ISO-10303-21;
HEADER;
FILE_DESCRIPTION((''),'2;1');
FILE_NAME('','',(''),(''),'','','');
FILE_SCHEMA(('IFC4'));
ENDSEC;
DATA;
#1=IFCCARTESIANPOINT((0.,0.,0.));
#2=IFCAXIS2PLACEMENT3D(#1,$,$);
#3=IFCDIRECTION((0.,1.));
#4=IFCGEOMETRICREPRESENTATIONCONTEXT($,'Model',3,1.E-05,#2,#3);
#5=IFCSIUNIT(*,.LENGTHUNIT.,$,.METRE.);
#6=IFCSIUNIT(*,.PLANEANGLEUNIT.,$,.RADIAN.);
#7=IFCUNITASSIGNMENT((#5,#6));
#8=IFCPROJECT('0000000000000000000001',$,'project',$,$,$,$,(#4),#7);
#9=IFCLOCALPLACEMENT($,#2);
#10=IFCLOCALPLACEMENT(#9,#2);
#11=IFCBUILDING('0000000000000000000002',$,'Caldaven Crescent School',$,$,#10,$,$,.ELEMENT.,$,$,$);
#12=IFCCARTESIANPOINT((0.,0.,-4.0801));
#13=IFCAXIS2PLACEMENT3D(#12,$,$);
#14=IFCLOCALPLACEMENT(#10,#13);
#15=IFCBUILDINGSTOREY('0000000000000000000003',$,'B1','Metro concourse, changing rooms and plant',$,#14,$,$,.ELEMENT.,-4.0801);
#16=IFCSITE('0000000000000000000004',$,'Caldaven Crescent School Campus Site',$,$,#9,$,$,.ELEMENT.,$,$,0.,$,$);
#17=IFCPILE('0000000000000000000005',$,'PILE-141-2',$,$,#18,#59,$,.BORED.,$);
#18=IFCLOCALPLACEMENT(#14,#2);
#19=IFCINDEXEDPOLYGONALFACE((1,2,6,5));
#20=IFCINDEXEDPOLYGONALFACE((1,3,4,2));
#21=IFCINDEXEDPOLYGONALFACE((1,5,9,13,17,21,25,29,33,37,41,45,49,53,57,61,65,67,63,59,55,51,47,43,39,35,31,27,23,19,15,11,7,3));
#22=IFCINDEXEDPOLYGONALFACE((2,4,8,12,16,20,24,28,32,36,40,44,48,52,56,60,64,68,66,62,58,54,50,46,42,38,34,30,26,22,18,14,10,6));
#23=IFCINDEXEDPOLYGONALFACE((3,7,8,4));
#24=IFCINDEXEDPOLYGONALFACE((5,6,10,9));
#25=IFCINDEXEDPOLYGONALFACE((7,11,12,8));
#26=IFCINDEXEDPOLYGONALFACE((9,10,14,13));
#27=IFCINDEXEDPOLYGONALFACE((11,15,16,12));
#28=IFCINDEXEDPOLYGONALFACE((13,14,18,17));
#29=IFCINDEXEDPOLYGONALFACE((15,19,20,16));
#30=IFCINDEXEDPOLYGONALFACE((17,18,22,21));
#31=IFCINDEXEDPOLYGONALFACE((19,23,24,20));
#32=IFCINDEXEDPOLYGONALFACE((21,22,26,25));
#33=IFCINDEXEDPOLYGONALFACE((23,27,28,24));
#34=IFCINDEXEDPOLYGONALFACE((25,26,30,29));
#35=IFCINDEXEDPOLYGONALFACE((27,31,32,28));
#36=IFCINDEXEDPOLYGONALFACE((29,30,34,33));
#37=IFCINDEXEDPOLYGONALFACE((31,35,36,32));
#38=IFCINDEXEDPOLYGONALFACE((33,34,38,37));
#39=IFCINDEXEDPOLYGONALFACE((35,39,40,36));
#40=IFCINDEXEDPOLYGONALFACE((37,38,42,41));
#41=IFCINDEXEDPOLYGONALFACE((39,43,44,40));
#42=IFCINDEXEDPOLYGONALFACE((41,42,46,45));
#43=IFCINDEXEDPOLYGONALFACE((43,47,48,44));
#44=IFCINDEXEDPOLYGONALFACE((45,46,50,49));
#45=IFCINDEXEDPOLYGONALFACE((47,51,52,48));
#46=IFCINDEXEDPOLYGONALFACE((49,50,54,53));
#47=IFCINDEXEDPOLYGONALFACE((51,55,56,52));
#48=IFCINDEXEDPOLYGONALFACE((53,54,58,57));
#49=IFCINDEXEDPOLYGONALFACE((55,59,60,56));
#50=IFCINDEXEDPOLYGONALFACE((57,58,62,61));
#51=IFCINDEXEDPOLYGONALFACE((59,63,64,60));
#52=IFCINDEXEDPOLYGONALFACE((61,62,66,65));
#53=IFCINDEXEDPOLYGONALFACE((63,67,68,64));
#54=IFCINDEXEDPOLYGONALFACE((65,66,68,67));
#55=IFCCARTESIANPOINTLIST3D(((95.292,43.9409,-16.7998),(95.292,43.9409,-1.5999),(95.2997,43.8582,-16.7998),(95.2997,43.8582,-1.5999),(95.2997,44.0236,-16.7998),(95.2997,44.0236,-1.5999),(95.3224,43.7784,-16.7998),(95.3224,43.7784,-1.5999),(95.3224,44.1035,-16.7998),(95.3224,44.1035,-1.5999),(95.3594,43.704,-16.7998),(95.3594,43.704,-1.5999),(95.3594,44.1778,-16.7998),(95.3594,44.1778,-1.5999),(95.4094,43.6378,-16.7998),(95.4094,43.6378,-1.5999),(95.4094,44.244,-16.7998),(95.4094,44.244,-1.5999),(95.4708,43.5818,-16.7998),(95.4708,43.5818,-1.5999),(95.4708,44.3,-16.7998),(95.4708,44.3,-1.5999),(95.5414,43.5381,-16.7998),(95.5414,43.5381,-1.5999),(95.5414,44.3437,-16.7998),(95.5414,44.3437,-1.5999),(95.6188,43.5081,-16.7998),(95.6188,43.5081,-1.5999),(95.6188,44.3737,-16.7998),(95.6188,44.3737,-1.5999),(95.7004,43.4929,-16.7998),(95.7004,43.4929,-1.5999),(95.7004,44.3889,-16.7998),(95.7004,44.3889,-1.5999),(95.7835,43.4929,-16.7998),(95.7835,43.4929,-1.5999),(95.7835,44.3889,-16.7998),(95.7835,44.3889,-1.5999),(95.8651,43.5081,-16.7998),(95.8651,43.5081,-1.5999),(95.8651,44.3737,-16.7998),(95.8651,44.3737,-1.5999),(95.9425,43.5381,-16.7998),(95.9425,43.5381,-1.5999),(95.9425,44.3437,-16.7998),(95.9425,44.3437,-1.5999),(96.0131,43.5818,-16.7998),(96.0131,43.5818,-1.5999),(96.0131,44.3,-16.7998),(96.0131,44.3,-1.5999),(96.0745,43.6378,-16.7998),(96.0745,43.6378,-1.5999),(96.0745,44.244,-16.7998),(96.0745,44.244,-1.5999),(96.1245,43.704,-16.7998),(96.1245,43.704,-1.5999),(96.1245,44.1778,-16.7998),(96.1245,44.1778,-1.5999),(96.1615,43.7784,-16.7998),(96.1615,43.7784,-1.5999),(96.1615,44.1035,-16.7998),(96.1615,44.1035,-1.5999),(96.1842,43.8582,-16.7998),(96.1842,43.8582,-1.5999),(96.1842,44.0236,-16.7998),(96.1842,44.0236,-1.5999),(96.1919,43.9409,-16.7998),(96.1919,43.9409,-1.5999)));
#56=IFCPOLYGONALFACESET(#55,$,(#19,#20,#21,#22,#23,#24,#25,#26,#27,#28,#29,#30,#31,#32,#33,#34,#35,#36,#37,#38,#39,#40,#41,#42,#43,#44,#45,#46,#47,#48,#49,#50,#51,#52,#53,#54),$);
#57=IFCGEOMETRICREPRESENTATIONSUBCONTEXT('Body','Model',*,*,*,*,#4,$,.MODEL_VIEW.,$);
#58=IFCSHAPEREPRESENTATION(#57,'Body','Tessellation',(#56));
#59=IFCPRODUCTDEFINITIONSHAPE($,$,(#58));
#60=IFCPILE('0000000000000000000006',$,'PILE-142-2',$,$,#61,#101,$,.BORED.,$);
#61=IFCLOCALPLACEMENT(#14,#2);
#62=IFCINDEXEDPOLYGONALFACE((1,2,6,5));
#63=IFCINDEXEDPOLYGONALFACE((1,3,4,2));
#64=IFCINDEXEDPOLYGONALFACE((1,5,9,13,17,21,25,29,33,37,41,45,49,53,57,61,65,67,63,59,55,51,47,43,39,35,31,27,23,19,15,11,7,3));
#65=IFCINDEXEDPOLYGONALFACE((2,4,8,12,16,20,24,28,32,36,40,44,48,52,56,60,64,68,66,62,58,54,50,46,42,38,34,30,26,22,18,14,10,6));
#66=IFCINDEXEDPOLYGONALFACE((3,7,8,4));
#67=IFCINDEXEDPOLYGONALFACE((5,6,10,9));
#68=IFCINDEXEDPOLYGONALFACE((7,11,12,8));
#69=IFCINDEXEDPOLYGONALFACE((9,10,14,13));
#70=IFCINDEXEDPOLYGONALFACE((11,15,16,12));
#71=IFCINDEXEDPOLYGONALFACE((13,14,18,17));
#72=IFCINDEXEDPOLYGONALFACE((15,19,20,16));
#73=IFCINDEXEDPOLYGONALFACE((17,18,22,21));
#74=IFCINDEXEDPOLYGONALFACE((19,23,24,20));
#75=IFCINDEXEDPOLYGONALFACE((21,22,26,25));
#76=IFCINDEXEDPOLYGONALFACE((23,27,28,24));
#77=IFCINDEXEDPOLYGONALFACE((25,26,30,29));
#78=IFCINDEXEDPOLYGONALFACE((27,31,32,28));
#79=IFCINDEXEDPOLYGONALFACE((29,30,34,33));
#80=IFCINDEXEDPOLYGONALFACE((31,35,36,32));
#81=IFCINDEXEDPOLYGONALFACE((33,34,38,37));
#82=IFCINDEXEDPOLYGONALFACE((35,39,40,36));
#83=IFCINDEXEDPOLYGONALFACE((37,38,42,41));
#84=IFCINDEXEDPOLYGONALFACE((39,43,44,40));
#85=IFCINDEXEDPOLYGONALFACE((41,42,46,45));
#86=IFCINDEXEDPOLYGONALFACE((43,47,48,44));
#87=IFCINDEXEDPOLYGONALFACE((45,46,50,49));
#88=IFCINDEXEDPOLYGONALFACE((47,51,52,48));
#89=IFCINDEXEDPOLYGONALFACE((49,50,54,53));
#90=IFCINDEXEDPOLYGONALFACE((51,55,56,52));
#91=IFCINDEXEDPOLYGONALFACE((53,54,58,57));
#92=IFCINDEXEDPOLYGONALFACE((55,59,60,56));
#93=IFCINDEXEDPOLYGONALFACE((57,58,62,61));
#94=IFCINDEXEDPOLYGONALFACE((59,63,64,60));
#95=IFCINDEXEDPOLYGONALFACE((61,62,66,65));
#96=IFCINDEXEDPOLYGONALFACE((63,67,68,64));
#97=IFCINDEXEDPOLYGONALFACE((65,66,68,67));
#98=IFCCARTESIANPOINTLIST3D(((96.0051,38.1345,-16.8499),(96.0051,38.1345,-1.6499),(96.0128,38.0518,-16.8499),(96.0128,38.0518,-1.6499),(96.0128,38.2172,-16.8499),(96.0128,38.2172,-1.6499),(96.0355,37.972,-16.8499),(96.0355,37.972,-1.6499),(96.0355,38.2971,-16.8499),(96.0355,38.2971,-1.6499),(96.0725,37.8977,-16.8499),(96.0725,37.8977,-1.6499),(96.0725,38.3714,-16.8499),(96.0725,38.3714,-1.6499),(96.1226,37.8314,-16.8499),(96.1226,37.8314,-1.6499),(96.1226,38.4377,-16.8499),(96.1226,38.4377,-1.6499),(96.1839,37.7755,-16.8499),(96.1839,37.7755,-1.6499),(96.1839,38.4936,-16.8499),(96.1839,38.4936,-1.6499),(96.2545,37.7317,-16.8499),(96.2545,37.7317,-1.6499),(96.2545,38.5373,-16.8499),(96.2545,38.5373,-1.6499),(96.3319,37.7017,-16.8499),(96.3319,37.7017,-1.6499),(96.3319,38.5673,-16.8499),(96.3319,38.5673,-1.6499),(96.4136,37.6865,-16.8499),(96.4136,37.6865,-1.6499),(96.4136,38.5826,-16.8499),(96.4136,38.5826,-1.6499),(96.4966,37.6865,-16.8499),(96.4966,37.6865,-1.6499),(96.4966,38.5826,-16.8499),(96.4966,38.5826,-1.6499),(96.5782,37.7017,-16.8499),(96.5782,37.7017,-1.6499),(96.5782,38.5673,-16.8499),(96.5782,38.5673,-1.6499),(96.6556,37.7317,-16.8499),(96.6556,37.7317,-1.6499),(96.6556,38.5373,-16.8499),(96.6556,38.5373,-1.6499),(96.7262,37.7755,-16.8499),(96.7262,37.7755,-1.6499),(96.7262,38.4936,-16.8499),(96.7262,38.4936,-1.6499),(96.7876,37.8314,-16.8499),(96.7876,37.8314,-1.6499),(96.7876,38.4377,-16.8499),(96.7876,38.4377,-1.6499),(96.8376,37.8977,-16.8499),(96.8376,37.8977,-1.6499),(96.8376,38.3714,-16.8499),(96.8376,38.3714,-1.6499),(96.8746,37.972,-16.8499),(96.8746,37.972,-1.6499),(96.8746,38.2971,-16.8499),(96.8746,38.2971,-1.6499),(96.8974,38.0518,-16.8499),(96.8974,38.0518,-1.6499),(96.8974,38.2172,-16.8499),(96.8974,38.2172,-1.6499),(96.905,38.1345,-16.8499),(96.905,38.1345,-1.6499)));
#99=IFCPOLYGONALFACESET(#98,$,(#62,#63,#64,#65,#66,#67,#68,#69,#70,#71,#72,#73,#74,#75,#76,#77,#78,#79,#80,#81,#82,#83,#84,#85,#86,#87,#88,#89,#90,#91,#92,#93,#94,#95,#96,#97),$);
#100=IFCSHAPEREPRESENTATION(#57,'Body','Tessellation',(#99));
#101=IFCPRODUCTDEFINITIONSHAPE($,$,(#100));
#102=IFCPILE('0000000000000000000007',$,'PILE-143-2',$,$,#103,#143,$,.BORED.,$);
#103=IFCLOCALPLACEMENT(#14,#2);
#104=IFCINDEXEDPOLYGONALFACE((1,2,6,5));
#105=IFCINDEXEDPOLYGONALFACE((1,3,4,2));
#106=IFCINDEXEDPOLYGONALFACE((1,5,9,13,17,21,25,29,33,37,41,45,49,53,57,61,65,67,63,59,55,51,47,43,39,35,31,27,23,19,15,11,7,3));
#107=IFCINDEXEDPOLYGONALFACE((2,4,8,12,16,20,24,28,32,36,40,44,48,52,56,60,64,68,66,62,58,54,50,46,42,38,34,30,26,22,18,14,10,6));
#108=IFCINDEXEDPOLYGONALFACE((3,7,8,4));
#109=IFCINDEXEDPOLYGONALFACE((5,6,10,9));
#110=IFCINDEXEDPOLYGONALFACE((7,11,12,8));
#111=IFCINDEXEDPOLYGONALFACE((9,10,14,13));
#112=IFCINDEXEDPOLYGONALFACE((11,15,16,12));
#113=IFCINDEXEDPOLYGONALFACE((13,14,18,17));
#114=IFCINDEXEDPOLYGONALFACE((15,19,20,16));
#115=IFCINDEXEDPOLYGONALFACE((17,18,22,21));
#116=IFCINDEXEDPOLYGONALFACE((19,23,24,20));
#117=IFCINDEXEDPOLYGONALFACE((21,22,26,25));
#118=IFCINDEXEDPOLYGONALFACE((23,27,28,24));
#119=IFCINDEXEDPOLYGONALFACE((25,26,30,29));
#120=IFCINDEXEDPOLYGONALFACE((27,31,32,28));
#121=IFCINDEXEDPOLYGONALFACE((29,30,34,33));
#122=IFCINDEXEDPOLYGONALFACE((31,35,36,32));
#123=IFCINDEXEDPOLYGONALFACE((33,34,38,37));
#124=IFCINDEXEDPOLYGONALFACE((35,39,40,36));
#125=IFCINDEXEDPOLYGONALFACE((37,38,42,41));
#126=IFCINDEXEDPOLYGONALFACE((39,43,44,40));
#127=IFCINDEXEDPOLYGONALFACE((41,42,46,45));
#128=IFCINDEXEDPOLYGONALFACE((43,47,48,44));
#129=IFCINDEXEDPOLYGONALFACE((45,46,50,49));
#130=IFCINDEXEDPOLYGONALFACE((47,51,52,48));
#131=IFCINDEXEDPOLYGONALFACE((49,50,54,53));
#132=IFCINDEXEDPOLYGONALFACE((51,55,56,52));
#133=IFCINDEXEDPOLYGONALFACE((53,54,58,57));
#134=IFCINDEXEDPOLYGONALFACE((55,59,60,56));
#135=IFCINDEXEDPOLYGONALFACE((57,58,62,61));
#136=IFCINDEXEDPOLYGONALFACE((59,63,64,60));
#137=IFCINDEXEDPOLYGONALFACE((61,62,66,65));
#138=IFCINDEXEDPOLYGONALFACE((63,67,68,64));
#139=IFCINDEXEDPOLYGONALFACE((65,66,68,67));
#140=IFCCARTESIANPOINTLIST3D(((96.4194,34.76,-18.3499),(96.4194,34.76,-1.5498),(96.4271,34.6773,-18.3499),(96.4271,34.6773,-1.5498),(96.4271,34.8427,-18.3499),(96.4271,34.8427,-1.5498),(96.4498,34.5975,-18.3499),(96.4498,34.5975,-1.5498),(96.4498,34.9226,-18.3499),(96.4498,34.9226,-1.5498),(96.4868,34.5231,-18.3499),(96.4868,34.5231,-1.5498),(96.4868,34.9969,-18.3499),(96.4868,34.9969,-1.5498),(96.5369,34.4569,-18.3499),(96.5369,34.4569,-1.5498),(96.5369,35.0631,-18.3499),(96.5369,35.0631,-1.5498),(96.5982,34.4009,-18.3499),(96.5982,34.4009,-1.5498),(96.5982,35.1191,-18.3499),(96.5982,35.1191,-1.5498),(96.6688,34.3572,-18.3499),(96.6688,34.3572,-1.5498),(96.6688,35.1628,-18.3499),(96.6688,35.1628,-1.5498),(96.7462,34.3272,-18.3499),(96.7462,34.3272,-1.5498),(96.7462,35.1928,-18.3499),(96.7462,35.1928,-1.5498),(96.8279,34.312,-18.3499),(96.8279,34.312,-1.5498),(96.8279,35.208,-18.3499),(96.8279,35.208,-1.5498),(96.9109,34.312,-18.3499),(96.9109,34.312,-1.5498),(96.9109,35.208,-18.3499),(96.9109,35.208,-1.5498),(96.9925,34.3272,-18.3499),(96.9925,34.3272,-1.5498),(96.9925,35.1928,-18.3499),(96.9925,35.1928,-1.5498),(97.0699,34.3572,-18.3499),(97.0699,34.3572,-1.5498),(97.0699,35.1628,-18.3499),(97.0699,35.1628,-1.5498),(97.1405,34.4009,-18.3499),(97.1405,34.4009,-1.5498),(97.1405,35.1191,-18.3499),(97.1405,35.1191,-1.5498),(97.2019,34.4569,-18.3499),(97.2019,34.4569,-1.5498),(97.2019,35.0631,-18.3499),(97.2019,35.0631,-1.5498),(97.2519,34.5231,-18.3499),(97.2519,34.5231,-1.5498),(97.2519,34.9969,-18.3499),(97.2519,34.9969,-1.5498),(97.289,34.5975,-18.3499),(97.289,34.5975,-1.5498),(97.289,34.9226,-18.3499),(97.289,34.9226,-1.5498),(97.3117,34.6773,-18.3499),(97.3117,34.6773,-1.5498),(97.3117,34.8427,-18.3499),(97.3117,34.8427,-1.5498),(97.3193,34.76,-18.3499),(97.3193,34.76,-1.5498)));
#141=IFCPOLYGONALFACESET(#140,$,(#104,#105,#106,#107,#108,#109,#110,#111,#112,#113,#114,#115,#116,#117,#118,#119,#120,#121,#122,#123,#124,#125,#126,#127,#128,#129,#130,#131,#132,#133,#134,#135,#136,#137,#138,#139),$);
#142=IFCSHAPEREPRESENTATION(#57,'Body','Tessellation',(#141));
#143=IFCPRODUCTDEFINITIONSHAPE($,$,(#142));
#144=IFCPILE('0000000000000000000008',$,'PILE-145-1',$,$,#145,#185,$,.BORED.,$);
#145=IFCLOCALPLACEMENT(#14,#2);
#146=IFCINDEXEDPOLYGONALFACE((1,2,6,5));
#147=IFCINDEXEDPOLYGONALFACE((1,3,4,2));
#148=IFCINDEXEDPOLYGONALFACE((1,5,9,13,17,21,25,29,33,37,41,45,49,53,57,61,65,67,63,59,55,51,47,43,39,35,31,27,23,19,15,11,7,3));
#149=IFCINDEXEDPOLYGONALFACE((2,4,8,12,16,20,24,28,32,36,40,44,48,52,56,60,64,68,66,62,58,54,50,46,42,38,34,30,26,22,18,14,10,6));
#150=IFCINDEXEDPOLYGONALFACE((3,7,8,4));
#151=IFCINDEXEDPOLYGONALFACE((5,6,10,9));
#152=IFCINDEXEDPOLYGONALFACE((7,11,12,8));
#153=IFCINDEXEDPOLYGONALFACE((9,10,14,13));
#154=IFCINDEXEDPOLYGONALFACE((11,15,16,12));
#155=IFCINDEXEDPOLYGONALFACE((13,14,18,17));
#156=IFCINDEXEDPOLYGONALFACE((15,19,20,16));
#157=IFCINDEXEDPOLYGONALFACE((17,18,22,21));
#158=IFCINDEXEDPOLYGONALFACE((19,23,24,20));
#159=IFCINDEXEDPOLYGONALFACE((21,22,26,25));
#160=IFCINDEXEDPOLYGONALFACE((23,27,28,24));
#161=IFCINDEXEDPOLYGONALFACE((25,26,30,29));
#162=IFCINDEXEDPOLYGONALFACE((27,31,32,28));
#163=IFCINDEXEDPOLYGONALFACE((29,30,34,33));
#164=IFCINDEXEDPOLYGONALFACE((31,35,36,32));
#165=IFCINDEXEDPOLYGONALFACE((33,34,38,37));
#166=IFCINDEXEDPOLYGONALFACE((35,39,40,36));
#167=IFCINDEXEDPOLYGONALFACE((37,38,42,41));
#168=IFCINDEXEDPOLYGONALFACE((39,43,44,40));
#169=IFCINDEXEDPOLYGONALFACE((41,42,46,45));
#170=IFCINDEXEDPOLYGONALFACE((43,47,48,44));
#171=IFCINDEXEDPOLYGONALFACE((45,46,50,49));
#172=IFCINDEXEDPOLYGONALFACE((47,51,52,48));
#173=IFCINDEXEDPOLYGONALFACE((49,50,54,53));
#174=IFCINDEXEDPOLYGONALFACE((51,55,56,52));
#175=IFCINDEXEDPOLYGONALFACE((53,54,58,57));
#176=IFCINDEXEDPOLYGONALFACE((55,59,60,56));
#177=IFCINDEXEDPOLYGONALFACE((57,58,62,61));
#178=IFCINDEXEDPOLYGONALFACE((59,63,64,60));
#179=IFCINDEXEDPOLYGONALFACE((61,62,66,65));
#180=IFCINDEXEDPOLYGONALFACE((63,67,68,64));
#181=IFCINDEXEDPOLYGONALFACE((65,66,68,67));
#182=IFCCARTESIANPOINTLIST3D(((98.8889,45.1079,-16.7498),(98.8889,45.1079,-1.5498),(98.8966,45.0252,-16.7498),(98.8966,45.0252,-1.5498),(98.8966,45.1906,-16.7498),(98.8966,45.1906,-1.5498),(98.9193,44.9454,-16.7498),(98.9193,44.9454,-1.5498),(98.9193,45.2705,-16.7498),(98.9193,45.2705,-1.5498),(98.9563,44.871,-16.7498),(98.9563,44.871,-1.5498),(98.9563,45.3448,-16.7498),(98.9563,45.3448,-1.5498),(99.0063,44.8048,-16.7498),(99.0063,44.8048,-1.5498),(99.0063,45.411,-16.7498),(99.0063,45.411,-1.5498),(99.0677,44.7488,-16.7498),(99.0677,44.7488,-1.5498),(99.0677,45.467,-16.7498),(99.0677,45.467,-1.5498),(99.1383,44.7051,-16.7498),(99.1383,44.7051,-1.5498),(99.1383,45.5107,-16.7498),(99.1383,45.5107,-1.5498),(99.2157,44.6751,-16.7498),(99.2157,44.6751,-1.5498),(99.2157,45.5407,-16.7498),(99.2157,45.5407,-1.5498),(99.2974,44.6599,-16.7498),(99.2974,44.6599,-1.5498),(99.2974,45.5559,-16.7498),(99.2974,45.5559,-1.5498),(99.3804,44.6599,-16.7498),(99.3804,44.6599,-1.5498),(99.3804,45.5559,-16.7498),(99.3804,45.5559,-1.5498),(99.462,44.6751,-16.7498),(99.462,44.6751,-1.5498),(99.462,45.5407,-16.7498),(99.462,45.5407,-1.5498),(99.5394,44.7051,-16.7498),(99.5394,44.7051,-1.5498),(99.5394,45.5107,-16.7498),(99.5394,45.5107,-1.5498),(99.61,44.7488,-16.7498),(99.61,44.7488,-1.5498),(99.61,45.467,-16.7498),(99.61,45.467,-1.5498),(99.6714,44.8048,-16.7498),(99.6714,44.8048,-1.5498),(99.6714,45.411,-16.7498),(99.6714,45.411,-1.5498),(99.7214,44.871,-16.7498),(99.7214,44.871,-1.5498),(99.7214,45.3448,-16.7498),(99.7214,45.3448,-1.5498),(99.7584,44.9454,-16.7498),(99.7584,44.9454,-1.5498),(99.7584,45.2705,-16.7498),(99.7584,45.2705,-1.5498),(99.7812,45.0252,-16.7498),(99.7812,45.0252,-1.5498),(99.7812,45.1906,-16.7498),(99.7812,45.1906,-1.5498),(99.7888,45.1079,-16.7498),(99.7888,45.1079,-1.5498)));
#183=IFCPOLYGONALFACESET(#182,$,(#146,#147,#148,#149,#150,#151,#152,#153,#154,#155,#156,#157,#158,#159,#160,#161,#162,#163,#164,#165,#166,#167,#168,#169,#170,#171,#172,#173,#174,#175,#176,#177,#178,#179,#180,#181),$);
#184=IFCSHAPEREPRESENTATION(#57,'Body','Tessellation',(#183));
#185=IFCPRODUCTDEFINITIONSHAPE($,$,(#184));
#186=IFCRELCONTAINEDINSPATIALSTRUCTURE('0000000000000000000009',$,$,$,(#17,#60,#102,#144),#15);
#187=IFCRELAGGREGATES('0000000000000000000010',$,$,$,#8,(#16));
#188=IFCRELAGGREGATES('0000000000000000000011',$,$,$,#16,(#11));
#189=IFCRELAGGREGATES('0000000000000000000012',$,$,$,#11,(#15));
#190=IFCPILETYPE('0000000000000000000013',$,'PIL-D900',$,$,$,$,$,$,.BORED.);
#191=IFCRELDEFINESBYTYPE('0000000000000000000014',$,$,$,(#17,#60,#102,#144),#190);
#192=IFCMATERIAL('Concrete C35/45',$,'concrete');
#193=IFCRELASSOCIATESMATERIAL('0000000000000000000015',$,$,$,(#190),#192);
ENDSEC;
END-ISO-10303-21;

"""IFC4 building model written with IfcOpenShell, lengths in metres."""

from ifc_helpers import new_model, si_unit, direction, frame, origin, origin_2d, place, context, subcontext, project, spatial, circle, extrude, material, material_profile, profile_set, type_object, element, save


model = new_model("IFC4")

# Units and contexts
model_context = context("Model", 3, precision=1e-05, world=origin(), true_north=direction((0.0, 1.0)))
body_context = subcontext(model_context, "Body", "Model", "MODEL_VIEW")
ifc_project = project(units=[si_unit("LENGTHUNIT", "METRE"), si_unit("PLANEANGLEUNIT", "RADIAN")], contexts=[model_context])

# Site, building, storey
site_placement = place(None, origin())
site = spatial("IfcSite", under=ifc_project, at=site_placement, Name="Caldaven Crescent School Campus Site", CompositionType="ELEMENT", RefElevation=0.0)
building_placement = place(site_placement, origin())
building = spatial("IfcBuilding", under=site, at=building_placement, Name="Caldaven Crescent School", CompositionType="ELEMENT")
storey_placement = place(building_placement, frame((0.0, 0.0, -4.0801)))
storey = spatial("IfcBuildingStorey", under=building, at=storey_placement, Name="B1", Description="Metro concourse, changing rooms and plant", CompositionType="ELEMENT", Elevation=-4.0801)

# Shared definitions
ifc_material_1 = material(Name="Concrete C35/45", Category="concrete")

# Piles
ifc_material_profile_1 = material_profile(ifc_material_1, circle(Radius=0.45, at=origin_2d()), Name="PILE D900")
ifc_profile_set_1 = profile_set([ifc_material_profile_1], Name="Concrete C35/45")
pile_type_1 = type_object("IfcPileType", Name="PIL-D900", PredefinedType="BORED", material=ifc_profile_set_1)
for number, where, z_axis, x_axis, name in (
    (1, (95.7419, 43.9409, -1.5999), (0.0, 0.0, -1.0), (1.0, 0.0, 0.0), "PILE-141-2"),
    (2, (96.4551, 38.1345, -1.6499), (0.0, 0.0, -1.0), (1.0, 0.0, 0.0), "PILE-142-2"),
):
    element("IfcPile", number, at=place(storey_placement, frame(where, z_axis=z_axis, x_axis=x_axis)), inside=storey, type_object=pile_type_1, Name=name, PredefinedType="BORED", context=body_context, shape_type="SweptSolid", body=[
        extrude(circle(Radius=0.45, at=origin_2d()), origin(), (0.0, 0.0, 1.0), 15.2),
    ])
pile_placement = place(storey_placement, frame((96.8694, 34.76, -1.5498), z_axis=(0.0, 0.0, -1.0), x_axis=(1.0, 0.0, 0.0)))
element("IfcPile", 3, at=pile_placement, inside=storey, type_object=pile_type_1, Name="PILE-143-2", PredefinedType="BORED", context=body_context, shape_type="SweptSolid", body=[
    extrude(circle(Radius=0.45, at=origin_2d()), origin(), (0.0, 0.0, 1.0), 16.8),
])
for number, where, z_axis, x_axis, name in (
    (4, (99.3389, 45.1079, -1.5498), (0.0, 0.0, -1.0), (1.0, 0.0, 0.0), "PILE-145-1"),
):
    element("IfcPile", number, at=place(storey_placement, frame(where, z_axis=z_axis, x_axis=x_axis)), inside=storey, type_object=pile_type_1, Name=name, PredefinedType="BORED", context=body_context, shape_type="SweptSolid", body=[
        extrude(circle(Radius=0.45, at=origin_2d()), origin(), (0.0, 0.0, 1.0), 15.2),
    ])

save(model, "model.ifc")
